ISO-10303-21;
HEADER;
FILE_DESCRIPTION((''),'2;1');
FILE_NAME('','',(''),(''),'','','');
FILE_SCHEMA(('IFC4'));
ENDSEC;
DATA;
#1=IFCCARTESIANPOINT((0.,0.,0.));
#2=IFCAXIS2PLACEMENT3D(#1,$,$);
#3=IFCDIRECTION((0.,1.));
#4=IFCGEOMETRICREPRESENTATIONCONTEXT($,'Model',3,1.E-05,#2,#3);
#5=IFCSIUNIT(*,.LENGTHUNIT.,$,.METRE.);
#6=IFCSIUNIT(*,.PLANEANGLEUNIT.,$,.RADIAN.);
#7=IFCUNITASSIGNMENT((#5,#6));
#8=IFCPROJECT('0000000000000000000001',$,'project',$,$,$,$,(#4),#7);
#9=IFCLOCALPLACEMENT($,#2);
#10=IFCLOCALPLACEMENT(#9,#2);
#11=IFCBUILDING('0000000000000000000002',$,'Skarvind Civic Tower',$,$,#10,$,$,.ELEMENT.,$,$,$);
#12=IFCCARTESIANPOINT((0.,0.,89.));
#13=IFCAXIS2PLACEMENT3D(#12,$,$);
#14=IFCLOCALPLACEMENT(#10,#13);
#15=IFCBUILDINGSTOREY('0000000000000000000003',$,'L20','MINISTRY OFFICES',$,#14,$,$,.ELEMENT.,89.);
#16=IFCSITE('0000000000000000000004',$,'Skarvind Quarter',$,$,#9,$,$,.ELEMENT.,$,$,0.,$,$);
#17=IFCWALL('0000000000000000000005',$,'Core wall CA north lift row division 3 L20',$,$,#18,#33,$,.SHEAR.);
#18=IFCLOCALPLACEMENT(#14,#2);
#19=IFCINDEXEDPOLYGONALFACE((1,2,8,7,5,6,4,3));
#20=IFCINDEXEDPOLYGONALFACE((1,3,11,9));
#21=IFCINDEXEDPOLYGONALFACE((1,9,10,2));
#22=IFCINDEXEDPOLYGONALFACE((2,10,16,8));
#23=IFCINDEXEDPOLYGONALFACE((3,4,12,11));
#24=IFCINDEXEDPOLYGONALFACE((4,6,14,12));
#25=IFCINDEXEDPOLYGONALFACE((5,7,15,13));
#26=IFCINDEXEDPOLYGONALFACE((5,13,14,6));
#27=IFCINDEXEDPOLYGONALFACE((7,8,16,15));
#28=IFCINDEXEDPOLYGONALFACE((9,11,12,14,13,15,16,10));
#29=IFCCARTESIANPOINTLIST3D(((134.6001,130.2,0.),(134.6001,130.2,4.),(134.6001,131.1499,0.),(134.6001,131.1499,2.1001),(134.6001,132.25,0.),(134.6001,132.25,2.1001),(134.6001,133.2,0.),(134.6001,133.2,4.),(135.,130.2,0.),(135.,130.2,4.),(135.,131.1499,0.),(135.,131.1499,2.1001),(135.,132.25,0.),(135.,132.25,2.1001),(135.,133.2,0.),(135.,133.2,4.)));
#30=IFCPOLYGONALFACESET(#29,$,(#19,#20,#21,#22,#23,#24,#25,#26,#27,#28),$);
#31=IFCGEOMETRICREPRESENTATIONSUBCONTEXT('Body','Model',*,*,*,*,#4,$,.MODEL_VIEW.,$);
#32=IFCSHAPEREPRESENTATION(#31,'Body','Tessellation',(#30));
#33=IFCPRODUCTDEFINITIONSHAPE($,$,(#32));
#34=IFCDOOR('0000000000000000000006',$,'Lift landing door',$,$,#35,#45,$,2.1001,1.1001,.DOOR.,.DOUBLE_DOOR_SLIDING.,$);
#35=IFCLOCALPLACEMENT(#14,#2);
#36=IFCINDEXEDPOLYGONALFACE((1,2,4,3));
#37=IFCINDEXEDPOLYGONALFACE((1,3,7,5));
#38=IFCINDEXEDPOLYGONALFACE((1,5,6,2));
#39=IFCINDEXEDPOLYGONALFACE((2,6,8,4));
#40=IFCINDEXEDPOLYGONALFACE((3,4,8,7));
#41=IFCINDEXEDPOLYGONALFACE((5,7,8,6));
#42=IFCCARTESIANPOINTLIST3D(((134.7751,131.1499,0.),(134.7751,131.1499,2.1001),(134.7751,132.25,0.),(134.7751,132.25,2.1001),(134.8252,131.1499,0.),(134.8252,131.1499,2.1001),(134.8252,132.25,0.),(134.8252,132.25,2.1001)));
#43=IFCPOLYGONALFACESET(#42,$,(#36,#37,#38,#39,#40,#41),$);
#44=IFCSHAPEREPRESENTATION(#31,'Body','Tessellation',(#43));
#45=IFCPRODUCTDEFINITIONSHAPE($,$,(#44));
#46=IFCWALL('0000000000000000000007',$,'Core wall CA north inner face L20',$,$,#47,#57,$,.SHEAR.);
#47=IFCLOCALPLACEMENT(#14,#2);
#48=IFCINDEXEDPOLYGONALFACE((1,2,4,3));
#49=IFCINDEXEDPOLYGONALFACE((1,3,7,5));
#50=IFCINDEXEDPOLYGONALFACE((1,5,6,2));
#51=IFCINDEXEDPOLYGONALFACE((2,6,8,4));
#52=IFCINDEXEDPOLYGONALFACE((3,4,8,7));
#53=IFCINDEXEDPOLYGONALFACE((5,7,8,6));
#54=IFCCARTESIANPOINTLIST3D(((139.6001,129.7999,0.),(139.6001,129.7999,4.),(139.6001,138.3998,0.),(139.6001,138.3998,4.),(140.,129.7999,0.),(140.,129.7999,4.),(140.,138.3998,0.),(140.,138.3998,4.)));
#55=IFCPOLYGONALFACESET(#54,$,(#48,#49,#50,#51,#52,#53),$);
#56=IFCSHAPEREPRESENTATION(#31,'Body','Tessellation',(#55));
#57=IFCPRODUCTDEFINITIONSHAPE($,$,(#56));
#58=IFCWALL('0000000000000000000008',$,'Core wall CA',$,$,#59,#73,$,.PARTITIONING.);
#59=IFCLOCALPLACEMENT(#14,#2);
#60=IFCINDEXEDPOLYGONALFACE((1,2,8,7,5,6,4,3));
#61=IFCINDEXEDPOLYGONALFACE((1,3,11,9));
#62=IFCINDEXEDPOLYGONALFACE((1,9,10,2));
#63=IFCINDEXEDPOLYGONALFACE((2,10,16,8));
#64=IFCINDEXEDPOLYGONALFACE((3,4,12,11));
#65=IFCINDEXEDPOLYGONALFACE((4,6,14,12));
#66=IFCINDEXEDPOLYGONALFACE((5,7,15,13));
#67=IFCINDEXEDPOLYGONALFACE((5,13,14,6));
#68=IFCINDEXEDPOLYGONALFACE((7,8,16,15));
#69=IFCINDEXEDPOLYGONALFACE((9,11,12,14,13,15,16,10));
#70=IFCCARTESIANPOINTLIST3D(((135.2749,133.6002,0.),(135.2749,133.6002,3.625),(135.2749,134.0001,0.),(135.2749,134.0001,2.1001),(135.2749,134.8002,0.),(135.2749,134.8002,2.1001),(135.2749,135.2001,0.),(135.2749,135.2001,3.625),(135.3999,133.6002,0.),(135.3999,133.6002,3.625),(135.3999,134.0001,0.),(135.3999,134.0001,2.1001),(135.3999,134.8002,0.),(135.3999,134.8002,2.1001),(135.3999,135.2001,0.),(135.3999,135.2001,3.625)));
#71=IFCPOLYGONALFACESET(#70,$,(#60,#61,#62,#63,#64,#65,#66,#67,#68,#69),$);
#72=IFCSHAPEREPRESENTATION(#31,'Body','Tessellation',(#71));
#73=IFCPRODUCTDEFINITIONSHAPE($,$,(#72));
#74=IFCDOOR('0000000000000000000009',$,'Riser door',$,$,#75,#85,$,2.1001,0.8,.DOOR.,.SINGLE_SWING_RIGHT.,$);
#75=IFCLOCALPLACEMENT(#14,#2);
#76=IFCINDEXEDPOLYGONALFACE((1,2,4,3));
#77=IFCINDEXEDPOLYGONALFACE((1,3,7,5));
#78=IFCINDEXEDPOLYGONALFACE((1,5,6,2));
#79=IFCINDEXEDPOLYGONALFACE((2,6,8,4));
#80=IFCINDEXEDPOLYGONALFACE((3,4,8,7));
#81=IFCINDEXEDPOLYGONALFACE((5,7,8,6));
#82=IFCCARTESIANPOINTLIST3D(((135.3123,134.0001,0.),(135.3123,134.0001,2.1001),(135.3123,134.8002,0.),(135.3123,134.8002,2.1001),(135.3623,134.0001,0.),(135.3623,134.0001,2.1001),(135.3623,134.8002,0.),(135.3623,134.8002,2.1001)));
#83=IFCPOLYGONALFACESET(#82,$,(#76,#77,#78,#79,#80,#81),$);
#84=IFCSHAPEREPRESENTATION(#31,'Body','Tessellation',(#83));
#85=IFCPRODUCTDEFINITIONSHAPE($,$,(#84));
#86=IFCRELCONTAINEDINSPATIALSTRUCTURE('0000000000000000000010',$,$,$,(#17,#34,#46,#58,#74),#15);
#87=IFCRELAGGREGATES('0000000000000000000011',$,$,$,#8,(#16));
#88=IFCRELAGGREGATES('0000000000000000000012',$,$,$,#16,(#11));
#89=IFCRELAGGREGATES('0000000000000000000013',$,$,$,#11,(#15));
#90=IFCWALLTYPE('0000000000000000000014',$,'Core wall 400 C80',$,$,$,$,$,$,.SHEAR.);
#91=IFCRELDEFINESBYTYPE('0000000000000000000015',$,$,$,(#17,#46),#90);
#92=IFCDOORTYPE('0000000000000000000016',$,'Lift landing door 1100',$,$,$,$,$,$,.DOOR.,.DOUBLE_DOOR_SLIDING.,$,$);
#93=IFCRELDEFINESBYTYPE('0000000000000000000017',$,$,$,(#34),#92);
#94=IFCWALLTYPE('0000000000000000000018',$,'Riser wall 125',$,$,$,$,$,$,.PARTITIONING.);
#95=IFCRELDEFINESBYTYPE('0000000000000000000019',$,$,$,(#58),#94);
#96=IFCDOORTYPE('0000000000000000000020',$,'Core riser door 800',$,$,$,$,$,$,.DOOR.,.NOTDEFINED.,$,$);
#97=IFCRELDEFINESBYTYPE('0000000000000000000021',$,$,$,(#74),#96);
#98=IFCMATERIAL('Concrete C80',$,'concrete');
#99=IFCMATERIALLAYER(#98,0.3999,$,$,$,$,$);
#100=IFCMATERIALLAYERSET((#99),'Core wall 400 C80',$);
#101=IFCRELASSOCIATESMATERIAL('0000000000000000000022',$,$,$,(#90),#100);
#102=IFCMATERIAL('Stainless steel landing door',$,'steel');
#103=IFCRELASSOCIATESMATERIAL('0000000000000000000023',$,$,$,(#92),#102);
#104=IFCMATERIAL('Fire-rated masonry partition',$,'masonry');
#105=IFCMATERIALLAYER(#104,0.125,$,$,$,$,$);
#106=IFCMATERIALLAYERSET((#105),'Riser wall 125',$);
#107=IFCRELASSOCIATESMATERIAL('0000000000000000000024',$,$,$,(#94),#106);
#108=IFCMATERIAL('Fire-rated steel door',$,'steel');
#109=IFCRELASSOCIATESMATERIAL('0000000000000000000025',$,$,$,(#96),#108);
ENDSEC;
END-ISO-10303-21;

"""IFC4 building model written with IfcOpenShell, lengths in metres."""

from ifc_helpers import new_model, si_unit, direction, frame, frame_2d, origin, place, context, subcontext, project, spatial, rectangle, extrude, material, layer, layer_set, type_object, element, fill, save


model = new_model("IFC4")

# Units and contexts
model_context = context("Model", 3, precision=1e-05, world=origin(), true_north=direction((0.0, 1.0)))
body_context = subcontext(model_context, "Body", "Model", "MODEL_VIEW")
ifc_project = project(units=[si_unit("LENGTHUNIT", "METRE"), si_unit("PLANEANGLEUNIT", "RADIAN")], contexts=[model_context])

# Site, building, storey
site_placement = place(None, origin())
site = spatial("IfcSite", under=ifc_project, at=site_placement, Name="Skarvind Quarter", CompositionType="ELEMENT", RefElevation=0.0)
building_placement = place(site_placement, origin())
building = spatial("IfcBuilding", under=site, at=building_placement, Name="Skarvind Civic Tower", CompositionType="ELEMENT")
storey_placement = place(building_placement, frame((0.0, 0.0, 89.0)))
storey = spatial("IfcBuildingStorey", under=building, at=storey_placement, Name="L20", Description="MINISTRY OFFICES", CompositionType="ELEMENT", Elevation=89.0)

# Shared definitions
ifc_material_1 = material(Name="Fire-rated masonry partition", Category="masonry")
ifc_material_2 = material(Name="Fire-rated steel door", Category="steel")
ifc_material_3 = material(Name="Concrete C80", Category="concrete")
ifc_layer_1 = layer(ifc_material_3, 0.3999)
ifc_layer_set_1 = layer_set([ifc_layer_1], Name="Core wall 400 C80")
wall_type_1 = type_object("IfcWallType", Name="Core wall 400 C80", PredefinedType="SHEAR", material=ifc_layer_set_1)

# Wall, opening, door
wall_1_placement = place(storey_placement, frame((134.8, 130.2, 0.0), z_axis=(0.0, 0.0, 1.0), x_axis=(0.0, 1.0, 0.0)))
wall_1 = element("IfcWall", 1, at=wall_1_placement, inside=storey, type_object=wall_type_1, Name="Core wall CA north lift row division 3 L20", PredefinedType="SHEAR", context=body_context, shape_type="SweptSolid", body=[
    extrude(rectangle(XDim=3.0, YDim=0.3999, at=frame_2d((1.5, 0.0))), origin(), (0.0, 0.0, 1.0), 4.0),
])
opening_1_placement = place(wall_1_placement, frame((0.95, 0.0, 0.0)))
opening_1 = element("IfcOpeningElement", 2, at=opening_1_placement, cuts=wall_1, PredefinedType="OPENING", context=body_context, shape_type="SweptSolid", body=[
    extrude(rectangle(XDim=1.1001, YDim=2.1001, at=frame_2d((0.55, 1.05))), frame((0.0, 0.21, 0.0), z_axis=(0.0, -1.0, 0.0), x_axis=(1.0, 0.0, 0.0)), (0.0, 0.0, 1.0), 0.4199),
])
ifc_material_4 = material(Name="Stainless steel landing door", Category="steel")
door_type_1 = type_object("IfcDoorType", Name="Lift landing door 1100", OperationType="DOUBLE_DOOR_SLIDING", PredefinedType="DOOR", material=ifc_material_4)
door_1_placement = place(opening_1_placement, origin())
door_1 = element("IfcDoor", 3, at=door_1_placement, inside=storey, type_object=door_type_1, Name="Lift landing door", OperationType="DOUBLE_DOOR_SLIDING", OverallHeight=2.1001, OverallWidth=1.1001, PredefinedType="DOOR", context=body_context, shape_type="SweptSolid", body=[
    extrude(rectangle(XDim=1.1001, YDim=2.1001, at=frame_2d((0.55, 1.05))), frame((0.0, 0.0249, 0.0), z_axis=(0.0, -1.0, 0.0), x_axis=(1.0, 0.0, 0.0)), (0.0, 0.0, 1.0), 0.05),
])
fill(opening_1, door_1)

# Wall
wall_2_placement = place(storey_placement, frame((139.8, 129.8, 0.0), z_axis=(0.0, 0.0, 1.0), x_axis=(0.0, 1.0, 0.0)))
element("IfcWall", 4, at=wall_2_placement, inside=storey, type_object=wall_type_1, Name="Core wall CA north inner face L20", PredefinedType="SHEAR", context=body_context, shape_type="SweptSolid", body=[
    extrude(rectangle(XDim=8.5999, YDim=0.3999, at=frame_2d((4.2998, 0.0))), origin(), (0.0, 0.0, 1.0), 4.0),
])

# Wall, opening, door
ifc_layer_2 = layer(ifc_material_1, 0.125)
ifc_layer_set_2 = layer_set([ifc_layer_2], Name="Riser wall 125")
wall_type_2 = type_object("IfcWallType", Name="Riser wall 125", PredefinedType="PARTITIONING", material=ifc_layer_set_2)
wall_3_placement = place(storey_placement, frame((135.3374, 135.2, 0.0), z_axis=(0.0, 0.0, 1.0), x_axis=(0.0, -1.0, 0.0)))
wall_3 = element("IfcWall", 5, at=wall_3_placement, inside=storey, type_object=wall_type_2, Name="Core wall CA", PredefinedType="PARTITIONING", context=body_context, shape_type="SweptSolid", body=[
    extrude(rectangle(XDim=1.5999, YDim=0.125, at=frame_2d((0.7998, 0.0))), origin(), (0.0, 0.0, 1.0), 3.625),
])
opening_2_placement = place(wall_3_placement, frame((0.3999, 0.0, 0.0)))
opening_2 = element("IfcOpeningElement", 6, at=opening_2_placement, cuts=wall_3, PredefinedType="OPENING", context=body_context, shape_type="SweptSolid", body=[
    extrude(rectangle(XDim=0.8, YDim=2.1001, at=frame_2d((0.3999, 1.05))), frame((0.0, 0.0725, 0.0), z_axis=(0.0, -1.0, 0.0), x_axis=(1.0, 0.0, 0.0)), (0.0, 0.0, 1.0), 0.145),
])
door_type_2 = type_object("IfcDoorType", Name="Core riser door 800", OperationType="NOTDEFINED", PredefinedType="DOOR", material=ifc_material_2)
door_2_placement = place(opening_2_placement, origin())
door_2 = element("IfcDoor", 7, at=door_2_placement, inside=storey, type_object=door_type_2, Name="Riser door", OperationType="SINGLE_SWING_RIGHT", OverallHeight=2.1001, OverallWidth=0.8, PredefinedType="DOOR", context=body_context, shape_type="SweptSolid", body=[
    extrude(rectangle(XDim=0.8, YDim=2.1001, at=frame_2d((0.3999, 1.05))), frame((0.0, 0.0249, 0.0), z_axis=(0.0, -1.0, 0.0), x_axis=(1.0, 0.0, 0.0)), (0.0, 0.0, 1.0), 0.05),
])
fill(opening_2, door_2)

save(model, "model.ifc")
